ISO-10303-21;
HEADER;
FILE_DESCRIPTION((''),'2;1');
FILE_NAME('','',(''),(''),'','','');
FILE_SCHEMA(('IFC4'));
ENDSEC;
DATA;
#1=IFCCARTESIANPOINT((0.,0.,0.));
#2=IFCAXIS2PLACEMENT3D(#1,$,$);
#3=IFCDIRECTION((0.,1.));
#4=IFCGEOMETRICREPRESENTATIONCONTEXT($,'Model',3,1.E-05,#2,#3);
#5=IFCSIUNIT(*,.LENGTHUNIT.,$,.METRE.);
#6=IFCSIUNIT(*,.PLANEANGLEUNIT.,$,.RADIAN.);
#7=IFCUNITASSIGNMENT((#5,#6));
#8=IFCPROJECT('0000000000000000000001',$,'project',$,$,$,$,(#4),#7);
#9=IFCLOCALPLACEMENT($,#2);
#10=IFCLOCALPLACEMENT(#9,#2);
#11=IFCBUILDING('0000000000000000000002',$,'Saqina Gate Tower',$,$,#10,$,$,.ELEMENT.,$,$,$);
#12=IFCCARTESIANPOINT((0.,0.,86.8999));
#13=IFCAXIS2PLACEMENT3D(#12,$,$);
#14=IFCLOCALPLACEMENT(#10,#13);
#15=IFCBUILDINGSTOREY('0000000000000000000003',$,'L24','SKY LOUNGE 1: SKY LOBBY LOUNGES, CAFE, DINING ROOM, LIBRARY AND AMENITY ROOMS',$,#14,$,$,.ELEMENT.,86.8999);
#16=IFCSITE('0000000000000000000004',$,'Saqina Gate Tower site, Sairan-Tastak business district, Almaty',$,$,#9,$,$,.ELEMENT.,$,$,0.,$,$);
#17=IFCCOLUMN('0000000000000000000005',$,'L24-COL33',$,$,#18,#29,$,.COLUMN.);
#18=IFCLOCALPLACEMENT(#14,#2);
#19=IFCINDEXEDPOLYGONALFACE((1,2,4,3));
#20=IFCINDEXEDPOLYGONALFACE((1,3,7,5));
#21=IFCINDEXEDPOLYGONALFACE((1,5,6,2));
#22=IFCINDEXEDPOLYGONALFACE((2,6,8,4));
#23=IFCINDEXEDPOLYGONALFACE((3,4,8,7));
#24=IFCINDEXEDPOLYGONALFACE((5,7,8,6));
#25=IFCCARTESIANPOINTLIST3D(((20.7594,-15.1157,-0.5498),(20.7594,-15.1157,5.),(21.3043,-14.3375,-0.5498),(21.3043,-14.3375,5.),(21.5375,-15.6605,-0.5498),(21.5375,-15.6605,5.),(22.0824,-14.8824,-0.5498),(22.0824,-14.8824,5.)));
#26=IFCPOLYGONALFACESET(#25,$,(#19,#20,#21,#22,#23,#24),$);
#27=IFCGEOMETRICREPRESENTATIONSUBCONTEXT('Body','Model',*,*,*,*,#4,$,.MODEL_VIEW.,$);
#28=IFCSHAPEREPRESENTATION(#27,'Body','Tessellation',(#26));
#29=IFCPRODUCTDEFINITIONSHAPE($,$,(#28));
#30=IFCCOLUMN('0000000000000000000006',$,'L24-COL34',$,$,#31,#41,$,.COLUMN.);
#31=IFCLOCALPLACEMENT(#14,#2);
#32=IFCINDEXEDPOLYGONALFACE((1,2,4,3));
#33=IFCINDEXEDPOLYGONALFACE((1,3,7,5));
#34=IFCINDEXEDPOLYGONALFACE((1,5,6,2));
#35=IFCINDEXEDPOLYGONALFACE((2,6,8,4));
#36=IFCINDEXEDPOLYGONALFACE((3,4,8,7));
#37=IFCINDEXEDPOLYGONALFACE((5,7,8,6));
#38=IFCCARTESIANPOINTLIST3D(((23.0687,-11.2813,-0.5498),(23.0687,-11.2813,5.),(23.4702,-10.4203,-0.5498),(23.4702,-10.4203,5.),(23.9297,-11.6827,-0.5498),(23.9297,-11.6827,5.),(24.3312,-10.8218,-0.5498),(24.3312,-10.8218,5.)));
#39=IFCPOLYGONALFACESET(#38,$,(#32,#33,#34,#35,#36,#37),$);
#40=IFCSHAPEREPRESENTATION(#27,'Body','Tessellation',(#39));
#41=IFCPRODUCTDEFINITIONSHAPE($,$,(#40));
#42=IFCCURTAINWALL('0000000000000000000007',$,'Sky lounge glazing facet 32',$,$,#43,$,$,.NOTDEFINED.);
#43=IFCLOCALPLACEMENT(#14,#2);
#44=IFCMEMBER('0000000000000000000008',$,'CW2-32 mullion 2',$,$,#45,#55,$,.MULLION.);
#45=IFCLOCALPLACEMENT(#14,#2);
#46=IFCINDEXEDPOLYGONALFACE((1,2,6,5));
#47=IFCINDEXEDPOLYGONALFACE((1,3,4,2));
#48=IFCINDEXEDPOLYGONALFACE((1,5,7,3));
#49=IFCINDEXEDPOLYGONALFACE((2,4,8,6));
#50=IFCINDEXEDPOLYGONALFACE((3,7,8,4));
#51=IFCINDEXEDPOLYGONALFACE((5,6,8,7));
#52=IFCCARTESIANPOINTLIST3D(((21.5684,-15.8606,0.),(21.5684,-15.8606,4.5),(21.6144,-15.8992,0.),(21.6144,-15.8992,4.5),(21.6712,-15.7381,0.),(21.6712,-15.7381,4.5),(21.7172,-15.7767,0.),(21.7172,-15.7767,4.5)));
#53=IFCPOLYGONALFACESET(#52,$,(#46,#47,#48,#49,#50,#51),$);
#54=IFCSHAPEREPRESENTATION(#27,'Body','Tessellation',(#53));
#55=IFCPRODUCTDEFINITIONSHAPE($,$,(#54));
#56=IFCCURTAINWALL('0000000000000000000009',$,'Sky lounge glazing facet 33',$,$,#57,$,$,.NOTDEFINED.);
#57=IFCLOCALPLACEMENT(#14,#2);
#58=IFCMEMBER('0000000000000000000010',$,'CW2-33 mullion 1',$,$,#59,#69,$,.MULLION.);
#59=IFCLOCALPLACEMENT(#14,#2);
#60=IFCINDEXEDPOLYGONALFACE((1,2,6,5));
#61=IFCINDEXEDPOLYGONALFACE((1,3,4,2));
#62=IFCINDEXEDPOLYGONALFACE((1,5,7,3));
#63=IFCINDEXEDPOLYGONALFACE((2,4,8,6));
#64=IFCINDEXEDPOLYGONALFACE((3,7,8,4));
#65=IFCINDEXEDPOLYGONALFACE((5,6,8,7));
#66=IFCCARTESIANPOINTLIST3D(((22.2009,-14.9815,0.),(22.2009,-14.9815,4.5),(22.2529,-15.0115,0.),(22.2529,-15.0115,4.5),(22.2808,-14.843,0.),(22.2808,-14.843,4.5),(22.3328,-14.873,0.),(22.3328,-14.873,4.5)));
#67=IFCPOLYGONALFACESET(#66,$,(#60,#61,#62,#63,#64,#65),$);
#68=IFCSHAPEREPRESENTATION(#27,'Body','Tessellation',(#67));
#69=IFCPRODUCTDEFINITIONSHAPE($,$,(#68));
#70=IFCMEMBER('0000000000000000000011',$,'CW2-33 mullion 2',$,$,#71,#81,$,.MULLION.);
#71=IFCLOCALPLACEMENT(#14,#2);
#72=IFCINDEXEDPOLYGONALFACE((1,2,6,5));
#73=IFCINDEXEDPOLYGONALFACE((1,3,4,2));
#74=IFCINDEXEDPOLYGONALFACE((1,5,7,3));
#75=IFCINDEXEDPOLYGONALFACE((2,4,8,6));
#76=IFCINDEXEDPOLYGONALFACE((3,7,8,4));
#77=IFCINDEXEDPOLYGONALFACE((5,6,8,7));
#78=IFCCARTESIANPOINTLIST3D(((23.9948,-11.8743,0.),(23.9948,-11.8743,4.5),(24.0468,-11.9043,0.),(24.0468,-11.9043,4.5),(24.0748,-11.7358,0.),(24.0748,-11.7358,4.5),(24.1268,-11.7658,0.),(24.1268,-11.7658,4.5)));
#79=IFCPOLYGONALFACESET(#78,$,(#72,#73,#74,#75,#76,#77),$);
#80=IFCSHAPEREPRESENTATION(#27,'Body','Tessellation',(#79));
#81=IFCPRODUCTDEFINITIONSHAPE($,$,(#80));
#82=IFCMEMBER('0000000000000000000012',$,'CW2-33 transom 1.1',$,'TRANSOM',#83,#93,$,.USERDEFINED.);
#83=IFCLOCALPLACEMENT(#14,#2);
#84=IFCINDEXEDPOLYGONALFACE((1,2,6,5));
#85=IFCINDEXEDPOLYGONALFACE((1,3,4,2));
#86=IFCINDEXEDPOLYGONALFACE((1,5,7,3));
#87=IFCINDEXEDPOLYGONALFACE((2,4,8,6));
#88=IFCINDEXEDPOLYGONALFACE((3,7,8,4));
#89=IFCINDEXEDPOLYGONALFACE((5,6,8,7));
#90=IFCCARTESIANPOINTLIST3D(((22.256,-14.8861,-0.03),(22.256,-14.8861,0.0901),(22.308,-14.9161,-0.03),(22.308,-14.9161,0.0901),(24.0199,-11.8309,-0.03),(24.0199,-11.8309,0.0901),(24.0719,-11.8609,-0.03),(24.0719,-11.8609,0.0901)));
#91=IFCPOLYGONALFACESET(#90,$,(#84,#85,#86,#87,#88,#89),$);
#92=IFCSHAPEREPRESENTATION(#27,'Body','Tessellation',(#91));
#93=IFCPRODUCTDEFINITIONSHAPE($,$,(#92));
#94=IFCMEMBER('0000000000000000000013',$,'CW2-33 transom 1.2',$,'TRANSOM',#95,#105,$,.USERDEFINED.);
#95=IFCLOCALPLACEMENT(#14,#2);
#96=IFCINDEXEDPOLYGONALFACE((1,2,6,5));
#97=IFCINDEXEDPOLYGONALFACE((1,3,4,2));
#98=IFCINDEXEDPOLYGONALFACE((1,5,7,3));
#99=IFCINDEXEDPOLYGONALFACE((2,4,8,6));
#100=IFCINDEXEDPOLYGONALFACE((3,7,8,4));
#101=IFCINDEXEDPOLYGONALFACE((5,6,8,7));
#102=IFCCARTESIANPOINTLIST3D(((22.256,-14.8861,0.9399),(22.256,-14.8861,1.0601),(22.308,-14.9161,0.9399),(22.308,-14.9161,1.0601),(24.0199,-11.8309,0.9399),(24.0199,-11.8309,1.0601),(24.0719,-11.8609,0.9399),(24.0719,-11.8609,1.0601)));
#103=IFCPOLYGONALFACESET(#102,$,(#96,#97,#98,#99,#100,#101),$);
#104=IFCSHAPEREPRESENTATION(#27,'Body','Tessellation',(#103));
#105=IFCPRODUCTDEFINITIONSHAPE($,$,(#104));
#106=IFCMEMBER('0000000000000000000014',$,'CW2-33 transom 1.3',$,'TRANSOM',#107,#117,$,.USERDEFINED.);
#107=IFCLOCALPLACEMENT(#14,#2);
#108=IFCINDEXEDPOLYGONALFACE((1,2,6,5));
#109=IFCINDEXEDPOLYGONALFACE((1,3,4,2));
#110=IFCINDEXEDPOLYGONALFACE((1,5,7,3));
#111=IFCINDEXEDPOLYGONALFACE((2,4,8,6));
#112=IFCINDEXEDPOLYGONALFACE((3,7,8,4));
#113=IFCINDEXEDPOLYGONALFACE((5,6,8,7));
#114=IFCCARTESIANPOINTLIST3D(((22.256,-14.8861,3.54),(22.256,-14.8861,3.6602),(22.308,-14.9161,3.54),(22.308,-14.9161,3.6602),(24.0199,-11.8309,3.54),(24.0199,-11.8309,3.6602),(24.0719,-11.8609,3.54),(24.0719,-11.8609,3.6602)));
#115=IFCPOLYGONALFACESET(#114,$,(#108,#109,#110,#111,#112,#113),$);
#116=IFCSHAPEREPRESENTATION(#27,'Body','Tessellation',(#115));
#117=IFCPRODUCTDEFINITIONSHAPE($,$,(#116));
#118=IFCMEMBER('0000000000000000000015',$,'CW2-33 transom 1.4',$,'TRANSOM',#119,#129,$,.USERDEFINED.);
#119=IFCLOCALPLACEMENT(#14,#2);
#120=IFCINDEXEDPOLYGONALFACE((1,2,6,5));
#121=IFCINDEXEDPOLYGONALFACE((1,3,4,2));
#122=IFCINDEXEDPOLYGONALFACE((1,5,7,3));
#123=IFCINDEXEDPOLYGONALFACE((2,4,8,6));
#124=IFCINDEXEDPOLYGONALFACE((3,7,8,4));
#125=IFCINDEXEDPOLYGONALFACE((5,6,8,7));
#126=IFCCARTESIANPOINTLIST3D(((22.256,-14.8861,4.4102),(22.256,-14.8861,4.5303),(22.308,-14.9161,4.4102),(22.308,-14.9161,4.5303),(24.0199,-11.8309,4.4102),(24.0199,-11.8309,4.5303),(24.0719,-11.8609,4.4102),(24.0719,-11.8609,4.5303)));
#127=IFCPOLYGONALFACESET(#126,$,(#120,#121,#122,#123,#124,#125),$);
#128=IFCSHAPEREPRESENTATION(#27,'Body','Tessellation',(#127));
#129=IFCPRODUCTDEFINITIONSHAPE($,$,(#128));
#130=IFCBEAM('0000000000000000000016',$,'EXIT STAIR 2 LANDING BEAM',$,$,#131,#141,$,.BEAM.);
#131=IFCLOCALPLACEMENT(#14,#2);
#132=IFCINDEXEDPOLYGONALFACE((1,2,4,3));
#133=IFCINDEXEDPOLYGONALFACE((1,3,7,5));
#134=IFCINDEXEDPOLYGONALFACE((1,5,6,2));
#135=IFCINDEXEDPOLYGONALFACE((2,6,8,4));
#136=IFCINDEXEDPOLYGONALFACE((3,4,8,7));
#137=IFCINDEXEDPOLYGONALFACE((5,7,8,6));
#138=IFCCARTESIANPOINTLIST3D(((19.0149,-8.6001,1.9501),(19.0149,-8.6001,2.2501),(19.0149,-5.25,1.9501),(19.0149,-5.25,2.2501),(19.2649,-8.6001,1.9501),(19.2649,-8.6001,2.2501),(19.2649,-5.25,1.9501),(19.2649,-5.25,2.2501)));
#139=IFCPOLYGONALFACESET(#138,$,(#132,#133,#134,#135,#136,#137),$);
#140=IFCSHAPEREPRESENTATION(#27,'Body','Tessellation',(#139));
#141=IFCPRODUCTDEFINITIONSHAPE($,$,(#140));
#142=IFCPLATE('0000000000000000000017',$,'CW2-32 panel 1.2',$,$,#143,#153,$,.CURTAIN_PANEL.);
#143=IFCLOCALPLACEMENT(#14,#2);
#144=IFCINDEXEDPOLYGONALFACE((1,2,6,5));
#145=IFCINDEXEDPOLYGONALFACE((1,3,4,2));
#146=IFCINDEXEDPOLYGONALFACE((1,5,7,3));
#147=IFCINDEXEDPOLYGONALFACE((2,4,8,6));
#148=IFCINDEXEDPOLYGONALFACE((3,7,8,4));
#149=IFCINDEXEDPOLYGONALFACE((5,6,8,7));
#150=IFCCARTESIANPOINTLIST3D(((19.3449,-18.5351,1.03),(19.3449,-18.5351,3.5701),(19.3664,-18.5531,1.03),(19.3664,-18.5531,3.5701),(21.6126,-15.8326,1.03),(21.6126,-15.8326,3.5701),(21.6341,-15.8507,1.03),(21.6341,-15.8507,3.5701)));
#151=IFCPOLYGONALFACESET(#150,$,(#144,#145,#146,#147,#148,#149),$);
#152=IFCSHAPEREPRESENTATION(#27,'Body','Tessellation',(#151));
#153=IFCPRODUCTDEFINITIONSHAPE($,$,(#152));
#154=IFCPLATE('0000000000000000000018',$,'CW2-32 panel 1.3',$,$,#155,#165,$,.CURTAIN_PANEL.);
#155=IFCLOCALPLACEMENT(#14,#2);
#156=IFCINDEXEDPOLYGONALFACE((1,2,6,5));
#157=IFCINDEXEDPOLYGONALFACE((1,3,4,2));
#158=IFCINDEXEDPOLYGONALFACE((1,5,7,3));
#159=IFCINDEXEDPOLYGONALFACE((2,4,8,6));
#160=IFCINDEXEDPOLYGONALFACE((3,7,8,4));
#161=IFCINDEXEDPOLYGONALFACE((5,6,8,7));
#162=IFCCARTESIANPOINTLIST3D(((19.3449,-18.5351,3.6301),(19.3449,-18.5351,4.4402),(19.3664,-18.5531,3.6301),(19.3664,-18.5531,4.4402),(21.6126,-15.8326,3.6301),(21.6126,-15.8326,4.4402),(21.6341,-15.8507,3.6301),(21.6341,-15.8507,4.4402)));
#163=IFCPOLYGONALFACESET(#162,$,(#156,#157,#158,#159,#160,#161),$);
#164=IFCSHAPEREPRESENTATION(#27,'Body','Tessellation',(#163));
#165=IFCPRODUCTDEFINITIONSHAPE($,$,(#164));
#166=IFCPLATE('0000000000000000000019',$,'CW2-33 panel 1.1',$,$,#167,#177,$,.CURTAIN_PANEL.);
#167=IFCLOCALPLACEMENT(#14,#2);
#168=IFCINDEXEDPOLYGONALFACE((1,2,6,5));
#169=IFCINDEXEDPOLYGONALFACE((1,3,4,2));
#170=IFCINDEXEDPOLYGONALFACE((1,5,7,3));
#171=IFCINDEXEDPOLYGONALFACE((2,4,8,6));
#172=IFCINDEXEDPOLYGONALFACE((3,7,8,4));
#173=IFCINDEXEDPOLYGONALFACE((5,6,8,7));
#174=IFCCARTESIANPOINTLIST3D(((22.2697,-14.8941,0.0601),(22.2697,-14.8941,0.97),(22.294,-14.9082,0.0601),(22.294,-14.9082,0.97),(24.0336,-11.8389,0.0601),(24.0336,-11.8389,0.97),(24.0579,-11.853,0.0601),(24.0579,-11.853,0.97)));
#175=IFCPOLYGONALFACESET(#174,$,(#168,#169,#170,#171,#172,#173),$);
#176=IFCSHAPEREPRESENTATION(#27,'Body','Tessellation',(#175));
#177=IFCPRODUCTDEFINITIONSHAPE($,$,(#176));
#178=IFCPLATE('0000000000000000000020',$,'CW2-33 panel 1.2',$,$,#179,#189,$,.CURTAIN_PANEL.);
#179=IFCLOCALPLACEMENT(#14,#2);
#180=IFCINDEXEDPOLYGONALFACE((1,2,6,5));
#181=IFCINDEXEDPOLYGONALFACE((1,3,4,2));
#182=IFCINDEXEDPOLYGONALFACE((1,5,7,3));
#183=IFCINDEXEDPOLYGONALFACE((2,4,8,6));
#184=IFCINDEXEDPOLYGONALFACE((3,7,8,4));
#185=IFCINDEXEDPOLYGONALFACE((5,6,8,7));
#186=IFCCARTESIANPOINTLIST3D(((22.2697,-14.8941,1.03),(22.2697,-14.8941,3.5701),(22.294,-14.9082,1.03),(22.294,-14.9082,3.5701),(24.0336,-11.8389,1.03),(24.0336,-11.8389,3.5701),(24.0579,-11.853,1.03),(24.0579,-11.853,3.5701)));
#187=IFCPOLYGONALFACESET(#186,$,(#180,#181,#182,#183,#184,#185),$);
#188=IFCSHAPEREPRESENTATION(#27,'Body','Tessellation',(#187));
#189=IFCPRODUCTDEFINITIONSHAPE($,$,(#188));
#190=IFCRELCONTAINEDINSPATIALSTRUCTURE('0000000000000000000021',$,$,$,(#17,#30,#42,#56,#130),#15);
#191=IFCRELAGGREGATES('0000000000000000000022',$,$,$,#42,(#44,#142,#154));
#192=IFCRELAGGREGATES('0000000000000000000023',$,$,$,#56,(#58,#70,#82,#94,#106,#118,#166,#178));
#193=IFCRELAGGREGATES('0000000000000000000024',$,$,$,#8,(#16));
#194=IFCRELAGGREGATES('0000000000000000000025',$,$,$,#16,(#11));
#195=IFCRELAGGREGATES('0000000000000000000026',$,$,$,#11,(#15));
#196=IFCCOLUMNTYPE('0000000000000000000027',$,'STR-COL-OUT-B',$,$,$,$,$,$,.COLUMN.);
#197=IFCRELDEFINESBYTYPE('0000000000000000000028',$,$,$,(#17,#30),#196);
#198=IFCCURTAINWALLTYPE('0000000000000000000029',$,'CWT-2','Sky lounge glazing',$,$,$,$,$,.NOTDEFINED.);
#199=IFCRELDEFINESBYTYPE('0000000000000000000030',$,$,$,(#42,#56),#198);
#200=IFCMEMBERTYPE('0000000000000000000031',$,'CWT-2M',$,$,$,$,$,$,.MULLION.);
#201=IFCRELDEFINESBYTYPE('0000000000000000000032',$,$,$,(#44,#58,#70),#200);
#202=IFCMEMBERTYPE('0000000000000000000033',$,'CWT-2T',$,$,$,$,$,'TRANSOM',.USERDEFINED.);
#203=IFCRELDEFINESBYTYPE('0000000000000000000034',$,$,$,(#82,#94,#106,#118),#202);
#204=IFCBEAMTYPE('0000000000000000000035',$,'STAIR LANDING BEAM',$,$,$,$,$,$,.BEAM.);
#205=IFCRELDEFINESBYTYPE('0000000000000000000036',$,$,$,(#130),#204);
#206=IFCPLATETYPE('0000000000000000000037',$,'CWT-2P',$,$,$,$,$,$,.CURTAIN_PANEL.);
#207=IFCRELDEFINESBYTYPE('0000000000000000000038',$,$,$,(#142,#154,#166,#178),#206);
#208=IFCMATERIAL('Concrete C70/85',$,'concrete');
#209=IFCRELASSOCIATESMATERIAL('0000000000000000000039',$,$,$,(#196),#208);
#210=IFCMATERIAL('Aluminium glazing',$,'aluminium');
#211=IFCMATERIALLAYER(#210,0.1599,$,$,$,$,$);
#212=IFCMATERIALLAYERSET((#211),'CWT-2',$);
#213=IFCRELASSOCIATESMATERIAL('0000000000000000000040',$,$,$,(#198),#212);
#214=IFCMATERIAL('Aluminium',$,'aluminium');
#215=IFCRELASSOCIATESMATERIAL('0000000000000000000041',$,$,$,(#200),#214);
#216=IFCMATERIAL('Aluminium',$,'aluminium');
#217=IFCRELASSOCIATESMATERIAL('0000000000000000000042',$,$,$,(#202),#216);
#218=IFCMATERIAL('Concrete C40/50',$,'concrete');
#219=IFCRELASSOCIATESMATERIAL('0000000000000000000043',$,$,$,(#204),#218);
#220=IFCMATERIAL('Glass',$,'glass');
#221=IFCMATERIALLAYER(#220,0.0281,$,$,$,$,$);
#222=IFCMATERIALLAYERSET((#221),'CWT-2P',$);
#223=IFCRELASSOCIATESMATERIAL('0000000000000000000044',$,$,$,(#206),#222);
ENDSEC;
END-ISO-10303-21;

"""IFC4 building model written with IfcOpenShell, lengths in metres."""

from ifc_helpers import new_model, si_unit, direction, frame, origin, origin_2d, place, context, subcontext, project, spatial, rectangle, extrude, material, layer, layer_set, material_profile, profile_set, type_object, element, aggregate, save


model = new_model("IFC4")

# Units and contexts
model_context = context("Model", 3, precision=1e-05, world=origin(), true_north=direction((0.0, 1.0)))
body_context = subcontext(model_context, "Body", "Model", "MODEL_VIEW")
ifc_project = project(units=[si_unit("LENGTHUNIT", "METRE"), si_unit("PLANEANGLEUNIT", "RADIAN")], contexts=[model_context])

# Site, building, storey
site_placement = place(None, origin())
site = spatial("IfcSite", under=ifc_project, at=site_placement, Name="Saqina Gate Tower site, Sairan-Tastak business district, Almaty", CompositionType="ELEMENT", RefElevation=0.0)
building_placement = place(site_placement, origin())
building = spatial("IfcBuilding", under=site, at=building_placement, Name="Saqina Gate Tower", CompositionType="ELEMENT")
storey_placement = place(building_placement, frame((0.0, 0.0, 86.8999)))
storey = spatial("IfcBuildingStorey", under=building, at=storey_placement, Name="L24", Description="SKY LOUNGE 1: SKY LOBBY LOUNGES, CAFE, DINING ROOM, LIBRARY AND AMENITY ROOMS", CompositionType="ELEMENT", Elevation=86.8999)

# Columns
ifc_material_1 = material(Name="Concrete C70/85", Category="concrete")
ifc_material_profile_1 = material_profile(ifc_material_1, rectangle(XDim=0.95, YDim=0.95, at=origin_2d()), Name="RC 950x950")
ifc_profile_set_1 = profile_set([ifc_material_profile_1], Name="Concrete C70/85")
column_type = type_object("IfcColumnType", Name="STR-COL-OUT-B", PredefinedType="COLUMN", material=ifc_profile_set_1)
for number, where, z_axis, x_axis, name in (
    (1, (21.4209, -14.999, -0.5498), (0.0, 0.0, 1.0), (0.819152, -0.573576, 0.0), "L24-COL33"),
    (2, (23.7, -11.0515, -0.5498), (0.0, 0.0, 1.0), (0.906308, -0.422618, 0.0), "L24-COL34"),
):
    element("IfcColumn", number, at=place(storey_placement, frame(where, z_axis=z_axis, x_axis=x_axis)), inside=storey, type_object=column_type, Name=name, PredefinedType="COLUMN", context=body_context, shape_type="SweptSolid", body=[
        extrude(rectangle(XDim=0.95, YDim=0.95, at=origin_2d()), origin(), (0.0, 0.0, 1.0), 5.5498),
    ])

# Curtain wall, member
ifc_material_2 = material(Name="Aluminium glazing", Category="aluminium")
ifc_layer_1 = layer(ifc_material_2, 0.1599)
ifc_layer_set_1 = layer_set([ifc_layer_1], Name="CWT-2")
curtain_wall_type = type_object("IfcCurtainWallType", Name="CWT-2", Description="Sky lounge glazing", PredefinedType="NOTDEFINED", material=ifc_layer_set_1)
curtain_wall_1_placement = place(storey_placement, origin())
curtain_wall_1 = element("IfcCurtainWall", 3, at=curtain_wall_1_placement, inside=storey, type_object=curtain_wall_type, Name="Sky lounge glazing facet 32", PredefinedType="NOTDEFINED")
ifc_material_3 = material(Name="Aluminium", Category="aluminium")
ifc_material_profile_2 = material_profile(ifc_material_3, rectangle(XDim=0.0601, YDim=0.1599, at=origin_2d()), Name="Aluminium 60x160")
ifc_profile_set_2 = profile_set([ifc_material_profile_2], Name="Aluminium")
member_type_1 = type_object("IfcMemberType", Name="CWT-2M", PredefinedType="MULLION", material=ifc_profile_set_2)
member_1_placement = place(storey_placement, frame((21.6428, -15.8186, 0.0), z_axis=(0.0, 0.0, 1.0), x_axis=(-0.766042, 0.642791, 0.0)))
member_1 = element("IfcMember", 4, at=member_1_placement, type_object=member_type_1, Name="CW2-32 mullion 2", PredefinedType="MULLION", context=body_context, shape_type="SweptSolid", body=[
    extrude(rectangle(XDim=0.0601, YDim=0.1599, at=origin_2d()), origin(), (0.0, 0.0, 1.0), 4.5),
])

# Curtain wall, members
curtain_wall_2_placement = place(storey_placement, origin())
curtain_wall_2 = element("IfcCurtainWall", 5, at=curtain_wall_2_placement, inside=storey, type_object=curtain_wall_type, Name="Sky lounge glazing facet 33", PredefinedType="NOTDEFINED")
member_2_placement = place(storey_placement, frame((22.2668, -14.9272, 0.0), z_axis=(0.0, 0.0, 1.0), x_axis=(-0.866026, 0.499999, 0.0)))
member_2 = element("IfcMember", 6, at=member_2_placement, type_object=member_type_1, Name="CW2-33 mullion 1", PredefinedType="MULLION", context=body_context, shape_type="SweptSolid", body=[
    extrude(rectangle(XDim=0.0601, YDim=0.1599, at=origin_2d()), origin(), (0.0, 0.0, 1.0), 4.5),
])
member_3_placement = place(storey_placement, frame((24.0608, -11.8201, 0.0), z_axis=(0.0, 0.0, 1.0), x_axis=(-0.866026, 0.499999, 0.0)))
member_3 = element("IfcMember", 7, at=member_3_placement, type_object=member_type_1, Name="CW2-33 mullion 2", PredefinedType="MULLION", context=body_context, shape_type="SweptSolid", body=[
    extrude(rectangle(XDim=0.0601, YDim=0.1599, at=origin_2d()), origin(), (0.0, 0.0, 1.0), 4.5),
])
ifc_material_4 = material(Name="Aluminium", Category="aluminium")
ifc_material_profile_3 = material_profile(ifc_material_4, rectangle(XDim=0.0601, YDim=0.1201, at=origin_2d()), Name="Aluminium 60x120")
ifc_profile_set_3 = profile_set([ifc_material_profile_3], Name="Aluminium")
member_type_2 = type_object("IfcMemberType", Name="CWT-2T", ElementType="TRANSOM", PredefinedType="USERDEFINED", material=ifc_profile_set_3)
member_4_placement = place(storey_placement, frame((22.282, -14.9011, 0.03), z_axis=(0.500002, 0.866024, 0.0), x_axis=(-0.866024, 0.500002, 0.0)))
member_4 = element("IfcMember", 8, at=member_4_placement, type_object=member_type_2, Name="CW2-33 transom 1.1", ObjectType="TRANSOM", PredefinedType="USERDEFINED", context=body_context, shape_type="SweptSolid", body=[
    extrude(rectangle(XDim=0.0601, YDim=0.1201, at=origin_2d()), origin(), (0.0, 0.0, 1.0), 3.5278),
])
member_5_placement = place(storey_placement, frame((22.282, -14.9011, 1.0), z_axis=(0.500002, 0.866024, 0.0), x_axis=(-0.866024, 0.500002, 0.0)))
member_5 = element("IfcMember", 9, at=member_5_placement, type_object=member_type_2, Name="CW2-33 transom 1.2", ObjectType="TRANSOM", PredefinedType="USERDEFINED", context=body_context, shape_type="SweptSolid", body=[
    extrude(rectangle(XDim=0.0601, YDim=0.1201, at=origin_2d()), origin(), (0.0, 0.0, 1.0), 3.5278),
])
member_6_placement = place(storey_placement, frame((22.282, -14.9011, 3.6001), z_axis=(0.500002, 0.866024, 0.0), x_axis=(-0.866024, 0.500002, 0.0)))
member_6 = element("IfcMember", 10, at=member_6_placement, type_object=member_type_2, Name="CW2-33 transom 1.3", ObjectType="TRANSOM", PredefinedType="USERDEFINED", context=body_context, shape_type="SweptSolid", body=[
    extrude(rectangle(XDim=0.0601, YDim=0.1201, at=origin_2d()), origin(), (0.0, 0.0, 1.0), 3.5278),
])
member_7_placement = place(storey_placement, frame((22.282, -14.9011, 4.4702), z_axis=(0.500002, 0.866024, 0.0), x_axis=(-0.866024, 0.500002, 0.0)))
member_7 = element("IfcMember", 11, at=member_7_placement, type_object=member_type_2, Name="CW2-33 transom 1.4", ObjectType="TRANSOM", PredefinedType="USERDEFINED", context=body_context, shape_type="SweptSolid", body=[
    extrude(rectangle(XDim=0.0601, YDim=0.1201, at=origin_2d()), origin(), (0.0, 0.0, 1.0), 3.5278),
])

# Beam
ifc_material_5 = material(Name="Concrete C40/50", Category="concrete")
ifc_material_profile_4 = material_profile(ifc_material_5, rectangle(XDim=0.25, YDim=0.3, at=origin_2d()), Name="STAIR LANDING BEAM")
ifc_profile_set_4 = profile_set([ifc_material_profile_4], Name="Concrete C40/50")
beam_type = type_object("IfcBeamType", Name="STAIR LANDING BEAM", PredefinedType="BEAM", material=ifc_profile_set_4)
beam_placement = place(storey_placement, frame((19.1399, -8.6001, 2.1001), z_axis=(0.0, 1.0, 0.0), x_axis=(-1.0, 0.0, 0.0)))
element("IfcBeam", 12, at=beam_placement, inside=storey, type_object=beam_type, Name="EXIT STAIR 2 LANDING BEAM", PredefinedType="BEAM", context=body_context, shape_type="SweptSolid", body=[
    extrude(rectangle(XDim=0.25, YDim=0.3, at=origin_2d()), origin(), (0.0, 0.0, 1.0), 3.3501),
])

# Plates
ifc_material_6 = material(Name="Glass", Category="glass")
ifc_layer_2 = layer(ifc_material_6, 0.0281)
ifc_layer_set_2 = layer_set([ifc_layer_2], Name="CWT-2P")
plate_type = type_object("IfcPlateType", Name="CWT-2P", PredefinedType="CURTAIN_PANEL", material=ifc_layer_set_2)
plate_1_placement = place(storey_placement, frame((20.4895, -17.1929, 1.03), z_axis=(0.0, 0.0, 1.0), x_axis=(0.642791, 0.766042, 0.0)))
plate_1 = element("IfcPlate", 13, at=plate_1_placement, type_object=plate_type, Name="CW2-32 panel 1.2", PredefinedType="CURTAIN_PANEL", context=body_context, shape_type="SweptSolid", body=[
    extrude(rectangle(XDim=3.5278, YDim=0.0281, at=origin_2d()), origin(), (0.0, 0.0, 1.0), 2.54),
])
plate_2_placement = place(storey_placement, frame((20.4895, -17.1929, 3.6301), z_axis=(0.0, 0.0, 1.0), x_axis=(0.642791, 0.766042, 0.0)))
plate_2 = element("IfcPlate", 14, at=plate_2_placement, type_object=plate_type, Name="CW2-32 panel 1.3", PredefinedType="CURTAIN_PANEL", context=body_context, shape_type="SweptSolid", body=[
    extrude(rectangle(XDim=3.5278, YDim=0.0281, at=origin_2d()), origin(), (0.0, 0.0, 1.0), 0.8101),
])
aggregate(curtain_wall_1, [member_1, plate_1, plate_2])
plate_3_placement = place(storey_placement, frame((23.1638, -13.3735, 0.0601), z_axis=(0.0, 0.0, 1.0), x_axis=(0.499999, 0.866026, 0.0)))
plate_3 = element("IfcPlate", 15, at=plate_3_placement, type_object=plate_type, Name="CW2-33 panel 1.1", PredefinedType="CURTAIN_PANEL", context=body_context, shape_type="SweptSolid", body=[
    extrude(rectangle(XDim=3.5278, YDim=0.0281, at=origin_2d()), origin(), (0.0, 0.0, 1.0), 0.9099),
])
plate_4_placement = place(storey_placement, frame((23.1638, -13.3735, 1.03), z_axis=(0.0, 0.0, 1.0), x_axis=(0.499999, 0.866026, 0.0)))
plate_4 = element("IfcPlate", 16, at=plate_4_placement, type_object=plate_type, Name="CW2-33 panel 1.2", PredefinedType="CURTAIN_PANEL", context=body_context, shape_type="SweptSolid", body=[
    extrude(rectangle(XDim=3.5278, YDim=0.0281, at=origin_2d()), origin(), (0.0, 0.0, 1.0), 2.54),
])
aggregate(curtain_wall_2, [member_2, member_3, member_4, member_5, member_6, member_7, plate_3, plate_4])

save(model, "model.ifc")
